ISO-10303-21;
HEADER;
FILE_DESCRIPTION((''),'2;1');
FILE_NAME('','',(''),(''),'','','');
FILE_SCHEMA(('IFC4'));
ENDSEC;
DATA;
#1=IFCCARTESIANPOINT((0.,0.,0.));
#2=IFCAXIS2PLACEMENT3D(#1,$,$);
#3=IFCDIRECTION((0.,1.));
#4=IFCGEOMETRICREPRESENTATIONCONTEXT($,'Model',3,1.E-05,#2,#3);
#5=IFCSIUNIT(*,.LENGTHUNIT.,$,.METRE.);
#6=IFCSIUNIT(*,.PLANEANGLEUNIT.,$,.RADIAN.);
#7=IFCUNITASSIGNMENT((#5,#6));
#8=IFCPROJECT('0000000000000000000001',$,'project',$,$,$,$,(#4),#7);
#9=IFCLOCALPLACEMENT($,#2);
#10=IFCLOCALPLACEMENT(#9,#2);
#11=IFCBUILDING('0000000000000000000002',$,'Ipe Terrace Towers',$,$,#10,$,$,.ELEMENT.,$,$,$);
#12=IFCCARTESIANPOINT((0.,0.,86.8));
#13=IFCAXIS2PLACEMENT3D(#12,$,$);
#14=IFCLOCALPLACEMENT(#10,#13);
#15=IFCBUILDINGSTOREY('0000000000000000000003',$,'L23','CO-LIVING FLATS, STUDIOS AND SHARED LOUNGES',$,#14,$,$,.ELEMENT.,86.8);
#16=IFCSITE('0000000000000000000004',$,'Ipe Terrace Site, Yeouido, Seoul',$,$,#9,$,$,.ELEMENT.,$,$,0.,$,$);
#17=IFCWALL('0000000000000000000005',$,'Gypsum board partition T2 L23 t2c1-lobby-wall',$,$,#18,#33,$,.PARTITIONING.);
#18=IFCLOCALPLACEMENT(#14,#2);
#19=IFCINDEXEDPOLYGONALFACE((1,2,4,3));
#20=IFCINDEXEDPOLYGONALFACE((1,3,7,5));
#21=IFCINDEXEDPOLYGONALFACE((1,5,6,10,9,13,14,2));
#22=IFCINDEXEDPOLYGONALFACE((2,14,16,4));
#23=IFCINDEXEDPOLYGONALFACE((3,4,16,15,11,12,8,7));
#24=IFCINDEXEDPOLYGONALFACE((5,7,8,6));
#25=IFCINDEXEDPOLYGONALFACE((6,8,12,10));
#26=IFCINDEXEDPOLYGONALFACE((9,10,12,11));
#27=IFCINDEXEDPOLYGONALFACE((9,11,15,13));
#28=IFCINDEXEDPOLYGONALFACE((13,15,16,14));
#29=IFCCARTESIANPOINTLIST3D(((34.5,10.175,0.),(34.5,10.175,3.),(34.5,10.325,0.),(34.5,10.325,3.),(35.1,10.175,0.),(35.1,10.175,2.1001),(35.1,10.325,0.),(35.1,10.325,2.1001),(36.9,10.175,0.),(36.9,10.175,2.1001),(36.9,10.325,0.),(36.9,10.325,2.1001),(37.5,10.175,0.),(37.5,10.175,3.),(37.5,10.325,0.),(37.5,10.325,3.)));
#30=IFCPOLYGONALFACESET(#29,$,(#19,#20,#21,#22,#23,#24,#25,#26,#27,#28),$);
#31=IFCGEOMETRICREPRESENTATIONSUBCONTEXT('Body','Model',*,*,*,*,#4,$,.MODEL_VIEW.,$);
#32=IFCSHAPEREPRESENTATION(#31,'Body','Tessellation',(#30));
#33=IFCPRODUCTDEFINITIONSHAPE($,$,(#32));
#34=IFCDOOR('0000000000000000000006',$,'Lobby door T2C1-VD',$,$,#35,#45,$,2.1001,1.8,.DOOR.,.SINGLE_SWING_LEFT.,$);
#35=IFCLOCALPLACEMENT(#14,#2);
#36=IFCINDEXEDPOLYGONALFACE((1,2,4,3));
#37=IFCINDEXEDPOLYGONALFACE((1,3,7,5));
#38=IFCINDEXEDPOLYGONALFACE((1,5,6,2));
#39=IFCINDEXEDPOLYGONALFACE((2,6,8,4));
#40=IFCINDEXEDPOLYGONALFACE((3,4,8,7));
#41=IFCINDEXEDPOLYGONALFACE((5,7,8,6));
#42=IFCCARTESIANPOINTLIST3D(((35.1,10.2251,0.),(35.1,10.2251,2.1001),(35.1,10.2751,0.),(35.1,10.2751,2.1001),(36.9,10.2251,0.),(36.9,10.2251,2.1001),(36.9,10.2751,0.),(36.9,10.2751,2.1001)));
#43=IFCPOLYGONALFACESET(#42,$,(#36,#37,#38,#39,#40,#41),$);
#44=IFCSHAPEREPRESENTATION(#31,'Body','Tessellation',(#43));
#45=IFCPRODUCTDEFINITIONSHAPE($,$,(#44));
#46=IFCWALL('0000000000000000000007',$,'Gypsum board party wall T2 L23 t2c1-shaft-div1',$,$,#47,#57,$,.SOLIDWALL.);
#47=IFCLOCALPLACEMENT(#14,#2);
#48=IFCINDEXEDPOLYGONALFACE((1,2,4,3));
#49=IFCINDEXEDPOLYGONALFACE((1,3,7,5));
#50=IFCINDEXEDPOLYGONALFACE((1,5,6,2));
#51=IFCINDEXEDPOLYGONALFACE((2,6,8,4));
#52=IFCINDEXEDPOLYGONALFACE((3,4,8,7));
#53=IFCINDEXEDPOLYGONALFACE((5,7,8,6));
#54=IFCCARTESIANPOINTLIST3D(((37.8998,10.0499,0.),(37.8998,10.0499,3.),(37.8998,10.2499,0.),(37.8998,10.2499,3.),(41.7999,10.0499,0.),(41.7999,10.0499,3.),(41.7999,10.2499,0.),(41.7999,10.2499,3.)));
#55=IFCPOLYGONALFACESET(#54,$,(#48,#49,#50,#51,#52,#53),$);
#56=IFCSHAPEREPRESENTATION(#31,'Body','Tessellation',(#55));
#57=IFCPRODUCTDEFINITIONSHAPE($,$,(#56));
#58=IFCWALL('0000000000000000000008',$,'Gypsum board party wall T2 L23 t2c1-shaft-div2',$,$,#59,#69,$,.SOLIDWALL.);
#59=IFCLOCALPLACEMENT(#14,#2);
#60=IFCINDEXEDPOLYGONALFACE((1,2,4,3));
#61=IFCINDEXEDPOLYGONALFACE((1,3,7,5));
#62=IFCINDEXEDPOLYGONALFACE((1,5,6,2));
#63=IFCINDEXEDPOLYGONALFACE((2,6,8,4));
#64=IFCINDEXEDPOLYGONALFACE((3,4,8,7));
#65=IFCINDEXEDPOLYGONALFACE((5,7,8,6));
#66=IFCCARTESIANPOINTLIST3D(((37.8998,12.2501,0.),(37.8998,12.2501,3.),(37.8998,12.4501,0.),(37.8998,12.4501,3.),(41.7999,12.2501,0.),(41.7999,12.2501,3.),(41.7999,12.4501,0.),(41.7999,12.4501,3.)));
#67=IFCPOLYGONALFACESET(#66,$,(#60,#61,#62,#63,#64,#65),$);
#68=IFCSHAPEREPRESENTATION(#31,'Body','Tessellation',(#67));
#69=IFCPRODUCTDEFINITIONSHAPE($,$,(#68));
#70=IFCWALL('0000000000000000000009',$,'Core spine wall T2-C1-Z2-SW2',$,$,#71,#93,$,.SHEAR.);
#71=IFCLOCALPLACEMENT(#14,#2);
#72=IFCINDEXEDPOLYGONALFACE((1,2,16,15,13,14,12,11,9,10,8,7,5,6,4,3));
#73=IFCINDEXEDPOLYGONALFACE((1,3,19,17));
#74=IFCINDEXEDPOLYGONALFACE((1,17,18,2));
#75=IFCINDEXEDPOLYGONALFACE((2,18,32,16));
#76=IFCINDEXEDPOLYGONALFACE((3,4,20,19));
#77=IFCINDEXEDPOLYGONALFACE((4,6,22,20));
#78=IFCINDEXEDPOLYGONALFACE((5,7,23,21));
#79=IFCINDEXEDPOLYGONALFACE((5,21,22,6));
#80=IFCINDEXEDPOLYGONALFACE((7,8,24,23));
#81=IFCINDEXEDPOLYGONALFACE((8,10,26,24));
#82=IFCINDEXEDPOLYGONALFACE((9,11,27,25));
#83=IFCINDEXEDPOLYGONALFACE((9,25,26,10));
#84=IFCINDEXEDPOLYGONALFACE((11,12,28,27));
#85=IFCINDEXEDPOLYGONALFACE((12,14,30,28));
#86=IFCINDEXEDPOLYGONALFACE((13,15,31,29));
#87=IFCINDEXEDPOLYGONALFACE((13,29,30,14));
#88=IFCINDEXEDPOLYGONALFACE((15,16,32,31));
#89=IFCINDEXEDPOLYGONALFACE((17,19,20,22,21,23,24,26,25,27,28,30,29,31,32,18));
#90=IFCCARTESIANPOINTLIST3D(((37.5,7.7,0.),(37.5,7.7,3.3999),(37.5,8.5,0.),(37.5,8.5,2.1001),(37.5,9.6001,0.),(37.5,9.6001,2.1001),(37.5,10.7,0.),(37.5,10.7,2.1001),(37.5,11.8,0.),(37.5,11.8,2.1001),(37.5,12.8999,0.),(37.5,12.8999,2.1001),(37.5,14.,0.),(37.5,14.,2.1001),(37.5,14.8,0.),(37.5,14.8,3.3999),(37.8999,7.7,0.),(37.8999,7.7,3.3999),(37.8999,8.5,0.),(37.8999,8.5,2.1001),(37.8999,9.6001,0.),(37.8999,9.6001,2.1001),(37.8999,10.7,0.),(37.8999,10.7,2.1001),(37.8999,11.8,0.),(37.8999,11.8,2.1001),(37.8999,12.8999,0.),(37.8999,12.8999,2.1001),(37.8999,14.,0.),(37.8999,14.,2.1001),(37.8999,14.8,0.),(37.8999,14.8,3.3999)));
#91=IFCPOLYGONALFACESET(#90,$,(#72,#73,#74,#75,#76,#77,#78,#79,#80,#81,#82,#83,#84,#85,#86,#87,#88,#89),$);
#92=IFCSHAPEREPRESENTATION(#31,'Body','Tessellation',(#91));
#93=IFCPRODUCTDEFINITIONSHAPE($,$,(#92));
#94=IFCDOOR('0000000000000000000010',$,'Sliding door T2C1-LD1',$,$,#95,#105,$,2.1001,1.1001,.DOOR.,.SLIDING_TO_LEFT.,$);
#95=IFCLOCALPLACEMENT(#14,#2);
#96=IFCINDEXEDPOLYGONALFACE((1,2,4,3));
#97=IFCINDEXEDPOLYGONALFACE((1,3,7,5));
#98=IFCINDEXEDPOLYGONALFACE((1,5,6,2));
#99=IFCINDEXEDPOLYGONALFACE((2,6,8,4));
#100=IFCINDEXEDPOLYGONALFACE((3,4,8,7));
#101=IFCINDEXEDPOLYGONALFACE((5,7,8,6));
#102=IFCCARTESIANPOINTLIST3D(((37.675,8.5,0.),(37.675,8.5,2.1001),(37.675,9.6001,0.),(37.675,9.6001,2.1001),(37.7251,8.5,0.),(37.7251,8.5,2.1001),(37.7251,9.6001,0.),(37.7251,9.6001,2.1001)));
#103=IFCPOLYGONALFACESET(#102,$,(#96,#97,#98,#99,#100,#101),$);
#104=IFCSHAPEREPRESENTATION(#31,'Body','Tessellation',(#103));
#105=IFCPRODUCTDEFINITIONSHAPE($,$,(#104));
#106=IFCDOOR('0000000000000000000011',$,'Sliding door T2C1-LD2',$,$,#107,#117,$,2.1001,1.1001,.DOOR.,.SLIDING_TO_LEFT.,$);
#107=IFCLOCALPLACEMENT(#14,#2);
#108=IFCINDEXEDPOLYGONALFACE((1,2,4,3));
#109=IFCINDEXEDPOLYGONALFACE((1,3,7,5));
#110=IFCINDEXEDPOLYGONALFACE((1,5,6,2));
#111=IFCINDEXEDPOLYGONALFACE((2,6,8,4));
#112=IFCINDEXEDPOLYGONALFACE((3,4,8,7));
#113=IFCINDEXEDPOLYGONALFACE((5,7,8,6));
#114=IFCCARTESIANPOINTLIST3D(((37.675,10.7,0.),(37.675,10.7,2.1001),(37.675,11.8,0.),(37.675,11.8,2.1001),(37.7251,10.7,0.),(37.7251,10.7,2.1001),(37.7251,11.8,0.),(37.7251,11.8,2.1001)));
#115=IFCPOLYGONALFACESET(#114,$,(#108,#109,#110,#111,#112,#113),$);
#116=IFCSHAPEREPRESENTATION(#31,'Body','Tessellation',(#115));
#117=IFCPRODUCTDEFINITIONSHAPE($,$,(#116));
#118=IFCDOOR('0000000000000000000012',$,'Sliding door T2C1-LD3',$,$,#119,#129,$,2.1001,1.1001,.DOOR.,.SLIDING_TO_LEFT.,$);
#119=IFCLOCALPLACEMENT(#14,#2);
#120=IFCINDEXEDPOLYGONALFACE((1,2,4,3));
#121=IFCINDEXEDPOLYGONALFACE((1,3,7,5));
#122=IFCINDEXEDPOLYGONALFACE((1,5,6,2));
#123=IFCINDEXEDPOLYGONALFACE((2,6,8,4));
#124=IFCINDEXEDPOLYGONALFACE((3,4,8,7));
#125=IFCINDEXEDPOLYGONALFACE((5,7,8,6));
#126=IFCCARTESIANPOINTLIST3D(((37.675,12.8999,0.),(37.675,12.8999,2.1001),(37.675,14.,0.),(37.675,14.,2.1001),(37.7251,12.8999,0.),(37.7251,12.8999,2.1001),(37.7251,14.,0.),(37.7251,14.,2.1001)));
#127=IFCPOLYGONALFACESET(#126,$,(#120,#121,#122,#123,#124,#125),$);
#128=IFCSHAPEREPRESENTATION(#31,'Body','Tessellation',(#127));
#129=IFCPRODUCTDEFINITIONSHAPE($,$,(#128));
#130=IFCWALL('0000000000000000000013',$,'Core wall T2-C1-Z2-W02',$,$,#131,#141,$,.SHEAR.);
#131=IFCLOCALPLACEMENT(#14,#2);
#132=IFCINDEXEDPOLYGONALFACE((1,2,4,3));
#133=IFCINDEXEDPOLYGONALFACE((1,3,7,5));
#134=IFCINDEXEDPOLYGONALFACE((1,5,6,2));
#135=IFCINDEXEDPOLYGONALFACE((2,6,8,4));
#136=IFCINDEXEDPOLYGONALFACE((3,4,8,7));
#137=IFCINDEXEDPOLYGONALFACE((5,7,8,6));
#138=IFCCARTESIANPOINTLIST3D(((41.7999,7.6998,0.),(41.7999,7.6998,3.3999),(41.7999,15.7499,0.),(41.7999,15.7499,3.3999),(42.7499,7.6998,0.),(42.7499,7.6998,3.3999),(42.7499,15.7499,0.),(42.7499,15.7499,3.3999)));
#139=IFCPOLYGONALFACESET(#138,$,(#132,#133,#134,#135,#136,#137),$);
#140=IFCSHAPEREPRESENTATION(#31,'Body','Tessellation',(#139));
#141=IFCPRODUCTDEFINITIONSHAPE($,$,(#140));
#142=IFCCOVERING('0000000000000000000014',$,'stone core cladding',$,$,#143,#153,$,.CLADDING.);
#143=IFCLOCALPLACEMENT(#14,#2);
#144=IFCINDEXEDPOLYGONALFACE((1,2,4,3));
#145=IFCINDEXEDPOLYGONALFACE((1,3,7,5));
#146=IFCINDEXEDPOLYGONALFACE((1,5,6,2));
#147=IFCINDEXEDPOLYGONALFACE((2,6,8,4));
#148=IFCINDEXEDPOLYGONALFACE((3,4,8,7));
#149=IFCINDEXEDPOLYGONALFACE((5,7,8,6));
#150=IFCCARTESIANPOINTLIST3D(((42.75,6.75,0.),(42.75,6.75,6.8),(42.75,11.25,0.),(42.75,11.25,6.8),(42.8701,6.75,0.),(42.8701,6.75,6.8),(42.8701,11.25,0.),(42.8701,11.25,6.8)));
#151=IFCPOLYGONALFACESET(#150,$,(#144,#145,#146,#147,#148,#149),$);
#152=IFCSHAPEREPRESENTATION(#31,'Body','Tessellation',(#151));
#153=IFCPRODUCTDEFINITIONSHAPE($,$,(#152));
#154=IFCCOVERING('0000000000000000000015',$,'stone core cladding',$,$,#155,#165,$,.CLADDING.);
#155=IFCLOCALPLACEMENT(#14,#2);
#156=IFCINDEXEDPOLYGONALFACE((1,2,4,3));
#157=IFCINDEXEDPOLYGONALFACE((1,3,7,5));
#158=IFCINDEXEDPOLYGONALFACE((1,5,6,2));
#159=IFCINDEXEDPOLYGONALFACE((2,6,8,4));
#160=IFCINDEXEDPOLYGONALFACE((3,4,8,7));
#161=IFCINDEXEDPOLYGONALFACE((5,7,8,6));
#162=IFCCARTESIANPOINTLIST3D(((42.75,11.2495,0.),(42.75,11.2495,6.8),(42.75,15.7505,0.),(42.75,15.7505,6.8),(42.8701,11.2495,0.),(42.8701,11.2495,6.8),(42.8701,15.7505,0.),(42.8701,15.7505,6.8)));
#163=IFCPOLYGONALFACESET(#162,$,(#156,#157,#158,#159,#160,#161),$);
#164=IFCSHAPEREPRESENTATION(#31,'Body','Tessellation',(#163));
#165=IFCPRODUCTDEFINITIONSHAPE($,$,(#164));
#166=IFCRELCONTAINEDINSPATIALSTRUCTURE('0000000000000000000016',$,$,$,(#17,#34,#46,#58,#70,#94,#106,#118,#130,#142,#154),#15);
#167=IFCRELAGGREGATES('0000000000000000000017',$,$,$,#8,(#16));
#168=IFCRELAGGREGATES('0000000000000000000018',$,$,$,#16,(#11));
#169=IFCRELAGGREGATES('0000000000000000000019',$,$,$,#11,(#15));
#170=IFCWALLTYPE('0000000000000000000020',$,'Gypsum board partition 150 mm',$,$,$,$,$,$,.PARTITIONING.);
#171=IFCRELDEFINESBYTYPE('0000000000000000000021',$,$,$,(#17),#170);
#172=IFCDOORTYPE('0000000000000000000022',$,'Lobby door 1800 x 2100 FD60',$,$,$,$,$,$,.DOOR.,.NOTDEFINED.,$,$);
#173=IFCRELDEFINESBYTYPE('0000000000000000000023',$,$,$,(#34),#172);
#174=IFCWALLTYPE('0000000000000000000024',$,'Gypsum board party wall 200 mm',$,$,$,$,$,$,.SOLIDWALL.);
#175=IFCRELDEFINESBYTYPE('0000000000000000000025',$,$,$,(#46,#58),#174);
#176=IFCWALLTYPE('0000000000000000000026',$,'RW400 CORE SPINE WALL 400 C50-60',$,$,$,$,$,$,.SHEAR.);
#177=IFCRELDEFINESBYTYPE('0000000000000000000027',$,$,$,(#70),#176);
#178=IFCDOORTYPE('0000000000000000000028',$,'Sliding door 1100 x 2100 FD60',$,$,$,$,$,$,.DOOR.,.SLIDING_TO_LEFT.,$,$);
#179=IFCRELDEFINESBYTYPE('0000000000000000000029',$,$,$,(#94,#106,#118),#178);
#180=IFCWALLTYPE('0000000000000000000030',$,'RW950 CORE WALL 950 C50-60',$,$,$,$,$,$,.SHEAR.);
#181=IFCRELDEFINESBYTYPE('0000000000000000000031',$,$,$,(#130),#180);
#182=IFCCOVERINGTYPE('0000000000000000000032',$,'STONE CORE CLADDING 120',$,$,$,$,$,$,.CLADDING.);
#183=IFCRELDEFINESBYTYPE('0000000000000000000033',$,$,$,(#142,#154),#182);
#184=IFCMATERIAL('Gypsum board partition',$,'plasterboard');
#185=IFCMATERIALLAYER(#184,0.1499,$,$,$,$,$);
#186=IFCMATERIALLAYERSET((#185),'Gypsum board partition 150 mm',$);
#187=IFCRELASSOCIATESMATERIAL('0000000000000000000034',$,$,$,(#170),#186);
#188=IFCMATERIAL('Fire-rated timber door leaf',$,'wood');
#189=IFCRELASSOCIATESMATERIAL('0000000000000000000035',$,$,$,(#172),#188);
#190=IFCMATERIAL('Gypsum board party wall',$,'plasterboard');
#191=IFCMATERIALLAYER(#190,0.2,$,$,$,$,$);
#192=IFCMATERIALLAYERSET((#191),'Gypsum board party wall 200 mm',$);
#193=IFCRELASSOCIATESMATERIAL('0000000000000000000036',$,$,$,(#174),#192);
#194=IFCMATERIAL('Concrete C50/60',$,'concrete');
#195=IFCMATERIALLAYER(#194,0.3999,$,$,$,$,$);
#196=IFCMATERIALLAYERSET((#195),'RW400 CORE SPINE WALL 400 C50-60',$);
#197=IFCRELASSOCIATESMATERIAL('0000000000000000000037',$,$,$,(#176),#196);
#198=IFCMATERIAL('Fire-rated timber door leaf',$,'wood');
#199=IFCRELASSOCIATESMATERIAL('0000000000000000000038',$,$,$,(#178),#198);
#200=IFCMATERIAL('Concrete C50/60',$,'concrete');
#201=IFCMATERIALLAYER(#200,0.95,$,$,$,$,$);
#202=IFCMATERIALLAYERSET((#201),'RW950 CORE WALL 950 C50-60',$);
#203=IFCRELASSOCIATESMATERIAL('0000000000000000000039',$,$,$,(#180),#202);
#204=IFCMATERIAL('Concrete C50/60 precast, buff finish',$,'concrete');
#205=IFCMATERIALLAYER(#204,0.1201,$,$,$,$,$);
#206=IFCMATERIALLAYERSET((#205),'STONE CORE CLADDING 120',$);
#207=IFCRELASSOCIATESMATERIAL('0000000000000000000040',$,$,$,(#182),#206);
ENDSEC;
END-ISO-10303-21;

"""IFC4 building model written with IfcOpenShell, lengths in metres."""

from ifc_helpers import new_model, si_unit, direction, frame, frame_2d, origin, origin_2d, place, context, subcontext, project, spatial, rectangle, extrude, material, layer, layer_set, type_object, element, fill, save


model = new_model("IFC4")

# Units and contexts
model_context = context("Model", 3, precision=1e-05, world=origin(), true_north=direction((0.0, 1.0)))
body_context = subcontext(model_context, "Body", "Model", "MODEL_VIEW")
ifc_project = project(units=[si_unit("LENGTHUNIT", "METRE"), si_unit("PLANEANGLEUNIT", "RADIAN")], contexts=[model_context])

# Site, building, storey
site_placement = place(None, origin())
site = spatial("IfcSite", under=ifc_project, at=site_placement, Name="Ipe Terrace Site, Yeouido, Seoul", CompositionType="ELEMENT", RefElevation=0.0)
building_placement = place(site_placement, origin())
building = spatial("IfcBuilding", under=site, at=building_placement, Name="Ipe Terrace Towers", CompositionType="ELEMENT")
storey_placement = place(building_placement, frame((0.0, 0.0, 86.8)))
storey = spatial("IfcBuildingStorey", under=building, at=storey_placement, Name="L23", Description="CO-LIVING FLATS, STUDIOS AND SHARED LOUNGES", CompositionType="ELEMENT", Elevation=86.8)

# Wall, opening, door
ifc_material_1 = material(Name="Gypsum board partition", Category="plasterboard")
ifc_layer_1 = layer(ifc_material_1, 0.1499)
ifc_layer_set_1 = layer_set([ifc_layer_1], Name="Gypsum board partition 150 mm")
wall_type_1 = type_object("IfcWallType", Name="Gypsum board partition 150 mm", PredefinedType="PARTITIONING", material=ifc_layer_set_1)
wall_1_placement = place(storey_placement, frame((37.5, 10.25, 0.0), z_axis=(0.0, 0.0, 1.0), x_axis=(-1.0, 0.0, 0.0)))
wall_1 = element("IfcWall", 1, at=wall_1_placement, inside=storey, type_object=wall_type_1, Name="Gypsum board partition T2 L23 t2c1-lobby-wall", PredefinedType="PARTITIONING", context=body_context, shape_type="SweptSolid", body=[
    extrude(rectangle(XDim=3.0, YDim=0.1499, at=frame_2d((1.5, 0.0))), origin(), (0.0, 0.0, 1.0), 3.0),
])
opening_1_placement = place(wall_1_placement, frame((0.6001, 0.0, 0.0)))
opening_1 = element("IfcOpeningElement", 2, at=opening_1_placement, cuts=wall_1, PredefinedType="OPENING", context=body_context, shape_type="SweptSolid", body=[
    extrude(rectangle(XDim=1.8, YDim=2.1001, at=frame_2d((0.8999, 1.05))), frame((0.0, 0.085, 0.0), z_axis=(0.0, -1.0, 0.0), x_axis=(1.0, 0.0, 0.0)), (0.0, 0.0, 1.0), 0.1699),
])
ifc_material_2 = material(Name="Fire-rated timber door leaf", Category="wood")
door_type_1 = type_object("IfcDoorType", Name="Lobby door 1800 x 2100 FD60", OperationType="NOTDEFINED", PredefinedType="DOOR", material=ifc_material_2)
door_1_placement = place(opening_1_placement, origin())
door_1 = element("IfcDoor", 3, at=door_1_placement, inside=storey, type_object=door_type_1, Name="Lobby door T2C1-VD", OperationType="SINGLE_SWING_LEFT", OverallHeight=2.1001, OverallWidth=1.8, PredefinedType="DOOR", context=body_context, shape_type="SweptSolid", body=[
    extrude(rectangle(XDim=1.8, YDim=2.1001, at=frame_2d((0.8999, 1.05))), frame((0.0, 0.0249, 0.0), z_axis=(0.0, -1.0, 0.0), x_axis=(1.0, 0.0, 0.0)), (0.0, 0.0, 1.0), 0.05),
])
fill(opening_1, door_1)

# Walls
ifc_material_3 = material(Name="Gypsum board party wall", Category="plasterboard")
ifc_layer_2 = layer(ifc_material_3, 0.2)
ifc_layer_set_2 = layer_set([ifc_layer_2], Name="Gypsum board party wall 200 mm")
wall_type_2 = type_object("IfcWallType", Name="Gypsum board party wall 200 mm", PredefinedType="SOLIDWALL", material=ifc_layer_set_2)
for number, where, z_axis, x_axis, name in (
    (4, (41.8, 10.1499, 0.0), (0.0, 0.0, 1.0), (-1.0, 0.0, 0.0), "Gypsum board party wall T2 L23 t2c1-shaft-div1"),
    (5, (41.8, 12.3501, 0.0), (0.0, 0.0, 1.0), (-1.0, 0.0, 0.0), "Gypsum board party wall T2 L23 t2c1-shaft-div2"),
):
    element("IfcWall", number, at=place(storey_placement, frame(where, z_axis=z_axis, x_axis=x_axis)), inside=storey, type_object=wall_type_2, Name=name, PredefinedType="SOLIDWALL", context=body_context, shape_type="SweptSolid", body=[
        extrude(rectangle(XDim=3.9001, YDim=0.2, at=frame_2d((1.9502, 0.0))), origin(), (0.0, 0.0, 1.0), 3.0),
    ])

# Wall, openings, doors
ifc_material_4 = material(Name="Concrete C50/60", Category="concrete")
ifc_layer_3 = layer(ifc_material_4, 0.3999)
ifc_layer_set_3 = layer_set([ifc_layer_3], Name="RW400 CORE SPINE WALL 400 C50-60")
wall_type_3 = type_object("IfcWallType", Name="RW400 CORE SPINE WALL 400 C50-60", PredefinedType="SHEAR", material=ifc_layer_set_3)
wall_2_placement = place(storey_placement, frame((37.7, 7.7, 0.0), z_axis=(0.0, 0.0, 1.0), x_axis=(0.0, 1.0, 0.0)))
wall_2 = element("IfcWall", 6, at=wall_2_placement, inside=storey, type_object=wall_type_3, Name="Core spine wall T2-C1-Z2-SW2", PredefinedType="SHEAR", context=body_context, shape_type="SweptSolid", body=[
    extrude(rectangle(XDim=7.1001, YDim=0.3999, at=frame_2d((3.55, 0.0))), origin(), (0.0, 0.0, 1.0), 3.3999),
])
opening_2_placement = place(wall_2_placement, frame((0.8, 0.0, 0.0)))
opening_2 = element("IfcOpeningElement", 7, at=opening_2_placement, cuts=wall_2, PredefinedType="OPENING", context=body_context, shape_type="SweptSolid", body=[
    extrude(rectangle(XDim=1.1001, YDim=2.1001, at=frame_2d((0.55, 1.05))), frame((0.0, 0.21, 0.0), z_axis=(0.0, -1.0, 0.0), x_axis=(1.0, 0.0, 0.0)), (0.0, 0.0, 1.0), 0.4199),
])
opening_3_placement = place(wall_2_placement, frame((3.0, 0.0, 0.0)))
opening_3 = element("IfcOpeningElement", 8, at=opening_3_placement, cuts=wall_2, PredefinedType="OPENING", context=body_context, shape_type="SweptSolid", body=[
    extrude(rectangle(XDim=1.1001, YDim=2.1001, at=frame_2d((0.55, 1.05))), frame((0.0, 0.21, 0.0), z_axis=(0.0, -1.0, 0.0), x_axis=(1.0, 0.0, 0.0)), (0.0, 0.0, 1.0), 0.4199),
])
opening_4_placement = place(wall_2_placement, frame((5.2, 0.0, 0.0)))
opening_4 = element("IfcOpeningElement", 9, at=opening_4_placement, cuts=wall_2, PredefinedType="OPENING", context=body_context, shape_type="SweptSolid", body=[
    extrude(rectangle(XDim=1.1001, YDim=2.1001, at=frame_2d((0.55, 1.05))), frame((0.0, 0.21, 0.0), z_axis=(0.0, -1.0, 0.0), x_axis=(1.0, 0.0, 0.0)), (0.0, 0.0, 1.0), 0.4199),
])
ifc_material_5 = material(Name="Fire-rated timber door leaf", Category="wood")
door_type_2 = type_object("IfcDoorType", Name="Sliding door 1100 x 2100 FD60", OperationType="SLIDING_TO_LEFT", PredefinedType="DOOR", material=ifc_material_5)
door_2_placement = place(opening_2_placement, origin())
door_2 = element("IfcDoor", 10, at=door_2_placement, inside=storey, type_object=door_type_2, Name="Sliding door T2C1-LD1", OperationType="SLIDING_TO_LEFT", OverallHeight=2.1001, OverallWidth=1.1001, PredefinedType="DOOR", context=body_context, shape_type="SweptSolid", body=[
    extrude(rectangle(XDim=1.1001, YDim=2.1001, at=frame_2d((0.55, 1.05))), frame((0.0, 0.0249, 0.0), z_axis=(0.0, -1.0, 0.0), x_axis=(1.0, 0.0, 0.0)), (0.0, 0.0, 1.0), 0.05),
])
fill(opening_2, door_2)
door_3_placement = place(opening_3_placement, origin())
door_3 = element("IfcDoor", 11, at=door_3_placement, inside=storey, type_object=door_type_2, Name="Sliding door T2C1-LD2", OperationType="SLIDING_TO_LEFT", OverallHeight=2.1001, OverallWidth=1.1001, PredefinedType="DOOR", context=body_context, shape_type="SweptSolid", body=[
    extrude(rectangle(XDim=1.1001, YDim=2.1001, at=frame_2d((0.55, 1.05))), frame((0.0, 0.0249, 0.0), z_axis=(0.0, -1.0, 0.0), x_axis=(1.0, 0.0, 0.0)), (0.0, 0.0, 1.0), 0.05),
])
fill(opening_3, door_3)
door_4_placement = place(opening_4_placement, origin())
door_4 = element("IfcDoor", 12, at=door_4_placement, inside=storey, type_object=door_type_2, Name="Sliding door T2C1-LD3", OperationType="SLIDING_TO_LEFT", OverallHeight=2.1001, OverallWidth=1.1001, PredefinedType="DOOR", context=body_context, shape_type="SweptSolid", body=[
    extrude(rectangle(XDim=1.1001, YDim=2.1001, at=frame_2d((0.55, 1.05))), frame((0.0, 0.0249, 0.0), z_axis=(0.0, -1.0, 0.0), x_axis=(1.0, 0.0, 0.0)), (0.0, 0.0, 1.0), 0.05),
])
fill(opening_4, door_4)

# Wall
ifc_material_6 = material(Name="Concrete C50/60", Category="concrete")
ifc_layer_4 = layer(ifc_material_6, 0.95)
ifc_layer_set_4 = layer_set([ifc_layer_4], Name="RW950 CORE WALL 950 C50-60")
wall_type_4 = type_object("IfcWallType", Name="RW950 CORE WALL 950 C50-60", PredefinedType="SHEAR", material=ifc_layer_set_4)
wall_3_placement = place(storey_placement, frame((42.2749, 7.7, 0.0), z_axis=(0.0, 0.0, 1.0), x_axis=(0.0, 1.0, 0.0)))
element("IfcWall", 13, at=wall_3_placement, inside=storey, type_object=wall_type_4, Name="Core wall T2-C1-Z2-W02", PredefinedType="SHEAR", context=body_context, shape_type="SweptSolid", body=[
    extrude(rectangle(XDim=8.05, YDim=0.95, at=frame_2d((4.0249, 0.0))), origin(), (0.0, 0.0, 1.0), 3.3999),
])

# Coverings
ifc_material_7 = material(Name="Concrete C50/60 precast, buff finish", Category="concrete")
ifc_layer_5 = layer(ifc_material_7, 0.1201)
ifc_layer_set_5 = layer_set([ifc_layer_5], Name="STONE CORE CLADDING 120")
covering_type = type_object("IfcCoveringType", Name="STONE CORE CLADDING 120", PredefinedType="CLADDING", material=ifc_layer_set_5)
covering_1_placement = place(storey_placement, frame((42.8101, 9.0, 0.0), z_axis=(0.0, 0.0, 1.0), x_axis=(0.0, 1.0, 0.0)))
element("IfcCovering", 14, at=covering_1_placement, inside=storey, type_object=covering_type, Name="stone core cladding", PredefinedType="CLADDING", context=body_context, shape_type="SweptSolid", body=[
    extrude(rectangle(XDim=4.5, YDim=0.1201, at=origin_2d()), origin(), (0.0, 0.0, 1.0), 6.8),
])
covering_2_placement = place(storey_placement, frame((42.8101, 13.5, 0.0), z_axis=(0.0, 0.0, 1.0), x_axis=(0.0, 1.0, 0.0)))
element("IfcCovering", 15, at=covering_2_placement, inside=storey, type_object=covering_type, Name="stone core cladding", PredefinedType="CLADDING", context=body_context, shape_type="SweptSolid", body=[
    extrude(rectangle(XDim=4.501, YDim=0.1201, at=origin_2d()), origin(), (0.0, 0.0, 1.0), 6.8),
])

save(model, "model.ifc")
